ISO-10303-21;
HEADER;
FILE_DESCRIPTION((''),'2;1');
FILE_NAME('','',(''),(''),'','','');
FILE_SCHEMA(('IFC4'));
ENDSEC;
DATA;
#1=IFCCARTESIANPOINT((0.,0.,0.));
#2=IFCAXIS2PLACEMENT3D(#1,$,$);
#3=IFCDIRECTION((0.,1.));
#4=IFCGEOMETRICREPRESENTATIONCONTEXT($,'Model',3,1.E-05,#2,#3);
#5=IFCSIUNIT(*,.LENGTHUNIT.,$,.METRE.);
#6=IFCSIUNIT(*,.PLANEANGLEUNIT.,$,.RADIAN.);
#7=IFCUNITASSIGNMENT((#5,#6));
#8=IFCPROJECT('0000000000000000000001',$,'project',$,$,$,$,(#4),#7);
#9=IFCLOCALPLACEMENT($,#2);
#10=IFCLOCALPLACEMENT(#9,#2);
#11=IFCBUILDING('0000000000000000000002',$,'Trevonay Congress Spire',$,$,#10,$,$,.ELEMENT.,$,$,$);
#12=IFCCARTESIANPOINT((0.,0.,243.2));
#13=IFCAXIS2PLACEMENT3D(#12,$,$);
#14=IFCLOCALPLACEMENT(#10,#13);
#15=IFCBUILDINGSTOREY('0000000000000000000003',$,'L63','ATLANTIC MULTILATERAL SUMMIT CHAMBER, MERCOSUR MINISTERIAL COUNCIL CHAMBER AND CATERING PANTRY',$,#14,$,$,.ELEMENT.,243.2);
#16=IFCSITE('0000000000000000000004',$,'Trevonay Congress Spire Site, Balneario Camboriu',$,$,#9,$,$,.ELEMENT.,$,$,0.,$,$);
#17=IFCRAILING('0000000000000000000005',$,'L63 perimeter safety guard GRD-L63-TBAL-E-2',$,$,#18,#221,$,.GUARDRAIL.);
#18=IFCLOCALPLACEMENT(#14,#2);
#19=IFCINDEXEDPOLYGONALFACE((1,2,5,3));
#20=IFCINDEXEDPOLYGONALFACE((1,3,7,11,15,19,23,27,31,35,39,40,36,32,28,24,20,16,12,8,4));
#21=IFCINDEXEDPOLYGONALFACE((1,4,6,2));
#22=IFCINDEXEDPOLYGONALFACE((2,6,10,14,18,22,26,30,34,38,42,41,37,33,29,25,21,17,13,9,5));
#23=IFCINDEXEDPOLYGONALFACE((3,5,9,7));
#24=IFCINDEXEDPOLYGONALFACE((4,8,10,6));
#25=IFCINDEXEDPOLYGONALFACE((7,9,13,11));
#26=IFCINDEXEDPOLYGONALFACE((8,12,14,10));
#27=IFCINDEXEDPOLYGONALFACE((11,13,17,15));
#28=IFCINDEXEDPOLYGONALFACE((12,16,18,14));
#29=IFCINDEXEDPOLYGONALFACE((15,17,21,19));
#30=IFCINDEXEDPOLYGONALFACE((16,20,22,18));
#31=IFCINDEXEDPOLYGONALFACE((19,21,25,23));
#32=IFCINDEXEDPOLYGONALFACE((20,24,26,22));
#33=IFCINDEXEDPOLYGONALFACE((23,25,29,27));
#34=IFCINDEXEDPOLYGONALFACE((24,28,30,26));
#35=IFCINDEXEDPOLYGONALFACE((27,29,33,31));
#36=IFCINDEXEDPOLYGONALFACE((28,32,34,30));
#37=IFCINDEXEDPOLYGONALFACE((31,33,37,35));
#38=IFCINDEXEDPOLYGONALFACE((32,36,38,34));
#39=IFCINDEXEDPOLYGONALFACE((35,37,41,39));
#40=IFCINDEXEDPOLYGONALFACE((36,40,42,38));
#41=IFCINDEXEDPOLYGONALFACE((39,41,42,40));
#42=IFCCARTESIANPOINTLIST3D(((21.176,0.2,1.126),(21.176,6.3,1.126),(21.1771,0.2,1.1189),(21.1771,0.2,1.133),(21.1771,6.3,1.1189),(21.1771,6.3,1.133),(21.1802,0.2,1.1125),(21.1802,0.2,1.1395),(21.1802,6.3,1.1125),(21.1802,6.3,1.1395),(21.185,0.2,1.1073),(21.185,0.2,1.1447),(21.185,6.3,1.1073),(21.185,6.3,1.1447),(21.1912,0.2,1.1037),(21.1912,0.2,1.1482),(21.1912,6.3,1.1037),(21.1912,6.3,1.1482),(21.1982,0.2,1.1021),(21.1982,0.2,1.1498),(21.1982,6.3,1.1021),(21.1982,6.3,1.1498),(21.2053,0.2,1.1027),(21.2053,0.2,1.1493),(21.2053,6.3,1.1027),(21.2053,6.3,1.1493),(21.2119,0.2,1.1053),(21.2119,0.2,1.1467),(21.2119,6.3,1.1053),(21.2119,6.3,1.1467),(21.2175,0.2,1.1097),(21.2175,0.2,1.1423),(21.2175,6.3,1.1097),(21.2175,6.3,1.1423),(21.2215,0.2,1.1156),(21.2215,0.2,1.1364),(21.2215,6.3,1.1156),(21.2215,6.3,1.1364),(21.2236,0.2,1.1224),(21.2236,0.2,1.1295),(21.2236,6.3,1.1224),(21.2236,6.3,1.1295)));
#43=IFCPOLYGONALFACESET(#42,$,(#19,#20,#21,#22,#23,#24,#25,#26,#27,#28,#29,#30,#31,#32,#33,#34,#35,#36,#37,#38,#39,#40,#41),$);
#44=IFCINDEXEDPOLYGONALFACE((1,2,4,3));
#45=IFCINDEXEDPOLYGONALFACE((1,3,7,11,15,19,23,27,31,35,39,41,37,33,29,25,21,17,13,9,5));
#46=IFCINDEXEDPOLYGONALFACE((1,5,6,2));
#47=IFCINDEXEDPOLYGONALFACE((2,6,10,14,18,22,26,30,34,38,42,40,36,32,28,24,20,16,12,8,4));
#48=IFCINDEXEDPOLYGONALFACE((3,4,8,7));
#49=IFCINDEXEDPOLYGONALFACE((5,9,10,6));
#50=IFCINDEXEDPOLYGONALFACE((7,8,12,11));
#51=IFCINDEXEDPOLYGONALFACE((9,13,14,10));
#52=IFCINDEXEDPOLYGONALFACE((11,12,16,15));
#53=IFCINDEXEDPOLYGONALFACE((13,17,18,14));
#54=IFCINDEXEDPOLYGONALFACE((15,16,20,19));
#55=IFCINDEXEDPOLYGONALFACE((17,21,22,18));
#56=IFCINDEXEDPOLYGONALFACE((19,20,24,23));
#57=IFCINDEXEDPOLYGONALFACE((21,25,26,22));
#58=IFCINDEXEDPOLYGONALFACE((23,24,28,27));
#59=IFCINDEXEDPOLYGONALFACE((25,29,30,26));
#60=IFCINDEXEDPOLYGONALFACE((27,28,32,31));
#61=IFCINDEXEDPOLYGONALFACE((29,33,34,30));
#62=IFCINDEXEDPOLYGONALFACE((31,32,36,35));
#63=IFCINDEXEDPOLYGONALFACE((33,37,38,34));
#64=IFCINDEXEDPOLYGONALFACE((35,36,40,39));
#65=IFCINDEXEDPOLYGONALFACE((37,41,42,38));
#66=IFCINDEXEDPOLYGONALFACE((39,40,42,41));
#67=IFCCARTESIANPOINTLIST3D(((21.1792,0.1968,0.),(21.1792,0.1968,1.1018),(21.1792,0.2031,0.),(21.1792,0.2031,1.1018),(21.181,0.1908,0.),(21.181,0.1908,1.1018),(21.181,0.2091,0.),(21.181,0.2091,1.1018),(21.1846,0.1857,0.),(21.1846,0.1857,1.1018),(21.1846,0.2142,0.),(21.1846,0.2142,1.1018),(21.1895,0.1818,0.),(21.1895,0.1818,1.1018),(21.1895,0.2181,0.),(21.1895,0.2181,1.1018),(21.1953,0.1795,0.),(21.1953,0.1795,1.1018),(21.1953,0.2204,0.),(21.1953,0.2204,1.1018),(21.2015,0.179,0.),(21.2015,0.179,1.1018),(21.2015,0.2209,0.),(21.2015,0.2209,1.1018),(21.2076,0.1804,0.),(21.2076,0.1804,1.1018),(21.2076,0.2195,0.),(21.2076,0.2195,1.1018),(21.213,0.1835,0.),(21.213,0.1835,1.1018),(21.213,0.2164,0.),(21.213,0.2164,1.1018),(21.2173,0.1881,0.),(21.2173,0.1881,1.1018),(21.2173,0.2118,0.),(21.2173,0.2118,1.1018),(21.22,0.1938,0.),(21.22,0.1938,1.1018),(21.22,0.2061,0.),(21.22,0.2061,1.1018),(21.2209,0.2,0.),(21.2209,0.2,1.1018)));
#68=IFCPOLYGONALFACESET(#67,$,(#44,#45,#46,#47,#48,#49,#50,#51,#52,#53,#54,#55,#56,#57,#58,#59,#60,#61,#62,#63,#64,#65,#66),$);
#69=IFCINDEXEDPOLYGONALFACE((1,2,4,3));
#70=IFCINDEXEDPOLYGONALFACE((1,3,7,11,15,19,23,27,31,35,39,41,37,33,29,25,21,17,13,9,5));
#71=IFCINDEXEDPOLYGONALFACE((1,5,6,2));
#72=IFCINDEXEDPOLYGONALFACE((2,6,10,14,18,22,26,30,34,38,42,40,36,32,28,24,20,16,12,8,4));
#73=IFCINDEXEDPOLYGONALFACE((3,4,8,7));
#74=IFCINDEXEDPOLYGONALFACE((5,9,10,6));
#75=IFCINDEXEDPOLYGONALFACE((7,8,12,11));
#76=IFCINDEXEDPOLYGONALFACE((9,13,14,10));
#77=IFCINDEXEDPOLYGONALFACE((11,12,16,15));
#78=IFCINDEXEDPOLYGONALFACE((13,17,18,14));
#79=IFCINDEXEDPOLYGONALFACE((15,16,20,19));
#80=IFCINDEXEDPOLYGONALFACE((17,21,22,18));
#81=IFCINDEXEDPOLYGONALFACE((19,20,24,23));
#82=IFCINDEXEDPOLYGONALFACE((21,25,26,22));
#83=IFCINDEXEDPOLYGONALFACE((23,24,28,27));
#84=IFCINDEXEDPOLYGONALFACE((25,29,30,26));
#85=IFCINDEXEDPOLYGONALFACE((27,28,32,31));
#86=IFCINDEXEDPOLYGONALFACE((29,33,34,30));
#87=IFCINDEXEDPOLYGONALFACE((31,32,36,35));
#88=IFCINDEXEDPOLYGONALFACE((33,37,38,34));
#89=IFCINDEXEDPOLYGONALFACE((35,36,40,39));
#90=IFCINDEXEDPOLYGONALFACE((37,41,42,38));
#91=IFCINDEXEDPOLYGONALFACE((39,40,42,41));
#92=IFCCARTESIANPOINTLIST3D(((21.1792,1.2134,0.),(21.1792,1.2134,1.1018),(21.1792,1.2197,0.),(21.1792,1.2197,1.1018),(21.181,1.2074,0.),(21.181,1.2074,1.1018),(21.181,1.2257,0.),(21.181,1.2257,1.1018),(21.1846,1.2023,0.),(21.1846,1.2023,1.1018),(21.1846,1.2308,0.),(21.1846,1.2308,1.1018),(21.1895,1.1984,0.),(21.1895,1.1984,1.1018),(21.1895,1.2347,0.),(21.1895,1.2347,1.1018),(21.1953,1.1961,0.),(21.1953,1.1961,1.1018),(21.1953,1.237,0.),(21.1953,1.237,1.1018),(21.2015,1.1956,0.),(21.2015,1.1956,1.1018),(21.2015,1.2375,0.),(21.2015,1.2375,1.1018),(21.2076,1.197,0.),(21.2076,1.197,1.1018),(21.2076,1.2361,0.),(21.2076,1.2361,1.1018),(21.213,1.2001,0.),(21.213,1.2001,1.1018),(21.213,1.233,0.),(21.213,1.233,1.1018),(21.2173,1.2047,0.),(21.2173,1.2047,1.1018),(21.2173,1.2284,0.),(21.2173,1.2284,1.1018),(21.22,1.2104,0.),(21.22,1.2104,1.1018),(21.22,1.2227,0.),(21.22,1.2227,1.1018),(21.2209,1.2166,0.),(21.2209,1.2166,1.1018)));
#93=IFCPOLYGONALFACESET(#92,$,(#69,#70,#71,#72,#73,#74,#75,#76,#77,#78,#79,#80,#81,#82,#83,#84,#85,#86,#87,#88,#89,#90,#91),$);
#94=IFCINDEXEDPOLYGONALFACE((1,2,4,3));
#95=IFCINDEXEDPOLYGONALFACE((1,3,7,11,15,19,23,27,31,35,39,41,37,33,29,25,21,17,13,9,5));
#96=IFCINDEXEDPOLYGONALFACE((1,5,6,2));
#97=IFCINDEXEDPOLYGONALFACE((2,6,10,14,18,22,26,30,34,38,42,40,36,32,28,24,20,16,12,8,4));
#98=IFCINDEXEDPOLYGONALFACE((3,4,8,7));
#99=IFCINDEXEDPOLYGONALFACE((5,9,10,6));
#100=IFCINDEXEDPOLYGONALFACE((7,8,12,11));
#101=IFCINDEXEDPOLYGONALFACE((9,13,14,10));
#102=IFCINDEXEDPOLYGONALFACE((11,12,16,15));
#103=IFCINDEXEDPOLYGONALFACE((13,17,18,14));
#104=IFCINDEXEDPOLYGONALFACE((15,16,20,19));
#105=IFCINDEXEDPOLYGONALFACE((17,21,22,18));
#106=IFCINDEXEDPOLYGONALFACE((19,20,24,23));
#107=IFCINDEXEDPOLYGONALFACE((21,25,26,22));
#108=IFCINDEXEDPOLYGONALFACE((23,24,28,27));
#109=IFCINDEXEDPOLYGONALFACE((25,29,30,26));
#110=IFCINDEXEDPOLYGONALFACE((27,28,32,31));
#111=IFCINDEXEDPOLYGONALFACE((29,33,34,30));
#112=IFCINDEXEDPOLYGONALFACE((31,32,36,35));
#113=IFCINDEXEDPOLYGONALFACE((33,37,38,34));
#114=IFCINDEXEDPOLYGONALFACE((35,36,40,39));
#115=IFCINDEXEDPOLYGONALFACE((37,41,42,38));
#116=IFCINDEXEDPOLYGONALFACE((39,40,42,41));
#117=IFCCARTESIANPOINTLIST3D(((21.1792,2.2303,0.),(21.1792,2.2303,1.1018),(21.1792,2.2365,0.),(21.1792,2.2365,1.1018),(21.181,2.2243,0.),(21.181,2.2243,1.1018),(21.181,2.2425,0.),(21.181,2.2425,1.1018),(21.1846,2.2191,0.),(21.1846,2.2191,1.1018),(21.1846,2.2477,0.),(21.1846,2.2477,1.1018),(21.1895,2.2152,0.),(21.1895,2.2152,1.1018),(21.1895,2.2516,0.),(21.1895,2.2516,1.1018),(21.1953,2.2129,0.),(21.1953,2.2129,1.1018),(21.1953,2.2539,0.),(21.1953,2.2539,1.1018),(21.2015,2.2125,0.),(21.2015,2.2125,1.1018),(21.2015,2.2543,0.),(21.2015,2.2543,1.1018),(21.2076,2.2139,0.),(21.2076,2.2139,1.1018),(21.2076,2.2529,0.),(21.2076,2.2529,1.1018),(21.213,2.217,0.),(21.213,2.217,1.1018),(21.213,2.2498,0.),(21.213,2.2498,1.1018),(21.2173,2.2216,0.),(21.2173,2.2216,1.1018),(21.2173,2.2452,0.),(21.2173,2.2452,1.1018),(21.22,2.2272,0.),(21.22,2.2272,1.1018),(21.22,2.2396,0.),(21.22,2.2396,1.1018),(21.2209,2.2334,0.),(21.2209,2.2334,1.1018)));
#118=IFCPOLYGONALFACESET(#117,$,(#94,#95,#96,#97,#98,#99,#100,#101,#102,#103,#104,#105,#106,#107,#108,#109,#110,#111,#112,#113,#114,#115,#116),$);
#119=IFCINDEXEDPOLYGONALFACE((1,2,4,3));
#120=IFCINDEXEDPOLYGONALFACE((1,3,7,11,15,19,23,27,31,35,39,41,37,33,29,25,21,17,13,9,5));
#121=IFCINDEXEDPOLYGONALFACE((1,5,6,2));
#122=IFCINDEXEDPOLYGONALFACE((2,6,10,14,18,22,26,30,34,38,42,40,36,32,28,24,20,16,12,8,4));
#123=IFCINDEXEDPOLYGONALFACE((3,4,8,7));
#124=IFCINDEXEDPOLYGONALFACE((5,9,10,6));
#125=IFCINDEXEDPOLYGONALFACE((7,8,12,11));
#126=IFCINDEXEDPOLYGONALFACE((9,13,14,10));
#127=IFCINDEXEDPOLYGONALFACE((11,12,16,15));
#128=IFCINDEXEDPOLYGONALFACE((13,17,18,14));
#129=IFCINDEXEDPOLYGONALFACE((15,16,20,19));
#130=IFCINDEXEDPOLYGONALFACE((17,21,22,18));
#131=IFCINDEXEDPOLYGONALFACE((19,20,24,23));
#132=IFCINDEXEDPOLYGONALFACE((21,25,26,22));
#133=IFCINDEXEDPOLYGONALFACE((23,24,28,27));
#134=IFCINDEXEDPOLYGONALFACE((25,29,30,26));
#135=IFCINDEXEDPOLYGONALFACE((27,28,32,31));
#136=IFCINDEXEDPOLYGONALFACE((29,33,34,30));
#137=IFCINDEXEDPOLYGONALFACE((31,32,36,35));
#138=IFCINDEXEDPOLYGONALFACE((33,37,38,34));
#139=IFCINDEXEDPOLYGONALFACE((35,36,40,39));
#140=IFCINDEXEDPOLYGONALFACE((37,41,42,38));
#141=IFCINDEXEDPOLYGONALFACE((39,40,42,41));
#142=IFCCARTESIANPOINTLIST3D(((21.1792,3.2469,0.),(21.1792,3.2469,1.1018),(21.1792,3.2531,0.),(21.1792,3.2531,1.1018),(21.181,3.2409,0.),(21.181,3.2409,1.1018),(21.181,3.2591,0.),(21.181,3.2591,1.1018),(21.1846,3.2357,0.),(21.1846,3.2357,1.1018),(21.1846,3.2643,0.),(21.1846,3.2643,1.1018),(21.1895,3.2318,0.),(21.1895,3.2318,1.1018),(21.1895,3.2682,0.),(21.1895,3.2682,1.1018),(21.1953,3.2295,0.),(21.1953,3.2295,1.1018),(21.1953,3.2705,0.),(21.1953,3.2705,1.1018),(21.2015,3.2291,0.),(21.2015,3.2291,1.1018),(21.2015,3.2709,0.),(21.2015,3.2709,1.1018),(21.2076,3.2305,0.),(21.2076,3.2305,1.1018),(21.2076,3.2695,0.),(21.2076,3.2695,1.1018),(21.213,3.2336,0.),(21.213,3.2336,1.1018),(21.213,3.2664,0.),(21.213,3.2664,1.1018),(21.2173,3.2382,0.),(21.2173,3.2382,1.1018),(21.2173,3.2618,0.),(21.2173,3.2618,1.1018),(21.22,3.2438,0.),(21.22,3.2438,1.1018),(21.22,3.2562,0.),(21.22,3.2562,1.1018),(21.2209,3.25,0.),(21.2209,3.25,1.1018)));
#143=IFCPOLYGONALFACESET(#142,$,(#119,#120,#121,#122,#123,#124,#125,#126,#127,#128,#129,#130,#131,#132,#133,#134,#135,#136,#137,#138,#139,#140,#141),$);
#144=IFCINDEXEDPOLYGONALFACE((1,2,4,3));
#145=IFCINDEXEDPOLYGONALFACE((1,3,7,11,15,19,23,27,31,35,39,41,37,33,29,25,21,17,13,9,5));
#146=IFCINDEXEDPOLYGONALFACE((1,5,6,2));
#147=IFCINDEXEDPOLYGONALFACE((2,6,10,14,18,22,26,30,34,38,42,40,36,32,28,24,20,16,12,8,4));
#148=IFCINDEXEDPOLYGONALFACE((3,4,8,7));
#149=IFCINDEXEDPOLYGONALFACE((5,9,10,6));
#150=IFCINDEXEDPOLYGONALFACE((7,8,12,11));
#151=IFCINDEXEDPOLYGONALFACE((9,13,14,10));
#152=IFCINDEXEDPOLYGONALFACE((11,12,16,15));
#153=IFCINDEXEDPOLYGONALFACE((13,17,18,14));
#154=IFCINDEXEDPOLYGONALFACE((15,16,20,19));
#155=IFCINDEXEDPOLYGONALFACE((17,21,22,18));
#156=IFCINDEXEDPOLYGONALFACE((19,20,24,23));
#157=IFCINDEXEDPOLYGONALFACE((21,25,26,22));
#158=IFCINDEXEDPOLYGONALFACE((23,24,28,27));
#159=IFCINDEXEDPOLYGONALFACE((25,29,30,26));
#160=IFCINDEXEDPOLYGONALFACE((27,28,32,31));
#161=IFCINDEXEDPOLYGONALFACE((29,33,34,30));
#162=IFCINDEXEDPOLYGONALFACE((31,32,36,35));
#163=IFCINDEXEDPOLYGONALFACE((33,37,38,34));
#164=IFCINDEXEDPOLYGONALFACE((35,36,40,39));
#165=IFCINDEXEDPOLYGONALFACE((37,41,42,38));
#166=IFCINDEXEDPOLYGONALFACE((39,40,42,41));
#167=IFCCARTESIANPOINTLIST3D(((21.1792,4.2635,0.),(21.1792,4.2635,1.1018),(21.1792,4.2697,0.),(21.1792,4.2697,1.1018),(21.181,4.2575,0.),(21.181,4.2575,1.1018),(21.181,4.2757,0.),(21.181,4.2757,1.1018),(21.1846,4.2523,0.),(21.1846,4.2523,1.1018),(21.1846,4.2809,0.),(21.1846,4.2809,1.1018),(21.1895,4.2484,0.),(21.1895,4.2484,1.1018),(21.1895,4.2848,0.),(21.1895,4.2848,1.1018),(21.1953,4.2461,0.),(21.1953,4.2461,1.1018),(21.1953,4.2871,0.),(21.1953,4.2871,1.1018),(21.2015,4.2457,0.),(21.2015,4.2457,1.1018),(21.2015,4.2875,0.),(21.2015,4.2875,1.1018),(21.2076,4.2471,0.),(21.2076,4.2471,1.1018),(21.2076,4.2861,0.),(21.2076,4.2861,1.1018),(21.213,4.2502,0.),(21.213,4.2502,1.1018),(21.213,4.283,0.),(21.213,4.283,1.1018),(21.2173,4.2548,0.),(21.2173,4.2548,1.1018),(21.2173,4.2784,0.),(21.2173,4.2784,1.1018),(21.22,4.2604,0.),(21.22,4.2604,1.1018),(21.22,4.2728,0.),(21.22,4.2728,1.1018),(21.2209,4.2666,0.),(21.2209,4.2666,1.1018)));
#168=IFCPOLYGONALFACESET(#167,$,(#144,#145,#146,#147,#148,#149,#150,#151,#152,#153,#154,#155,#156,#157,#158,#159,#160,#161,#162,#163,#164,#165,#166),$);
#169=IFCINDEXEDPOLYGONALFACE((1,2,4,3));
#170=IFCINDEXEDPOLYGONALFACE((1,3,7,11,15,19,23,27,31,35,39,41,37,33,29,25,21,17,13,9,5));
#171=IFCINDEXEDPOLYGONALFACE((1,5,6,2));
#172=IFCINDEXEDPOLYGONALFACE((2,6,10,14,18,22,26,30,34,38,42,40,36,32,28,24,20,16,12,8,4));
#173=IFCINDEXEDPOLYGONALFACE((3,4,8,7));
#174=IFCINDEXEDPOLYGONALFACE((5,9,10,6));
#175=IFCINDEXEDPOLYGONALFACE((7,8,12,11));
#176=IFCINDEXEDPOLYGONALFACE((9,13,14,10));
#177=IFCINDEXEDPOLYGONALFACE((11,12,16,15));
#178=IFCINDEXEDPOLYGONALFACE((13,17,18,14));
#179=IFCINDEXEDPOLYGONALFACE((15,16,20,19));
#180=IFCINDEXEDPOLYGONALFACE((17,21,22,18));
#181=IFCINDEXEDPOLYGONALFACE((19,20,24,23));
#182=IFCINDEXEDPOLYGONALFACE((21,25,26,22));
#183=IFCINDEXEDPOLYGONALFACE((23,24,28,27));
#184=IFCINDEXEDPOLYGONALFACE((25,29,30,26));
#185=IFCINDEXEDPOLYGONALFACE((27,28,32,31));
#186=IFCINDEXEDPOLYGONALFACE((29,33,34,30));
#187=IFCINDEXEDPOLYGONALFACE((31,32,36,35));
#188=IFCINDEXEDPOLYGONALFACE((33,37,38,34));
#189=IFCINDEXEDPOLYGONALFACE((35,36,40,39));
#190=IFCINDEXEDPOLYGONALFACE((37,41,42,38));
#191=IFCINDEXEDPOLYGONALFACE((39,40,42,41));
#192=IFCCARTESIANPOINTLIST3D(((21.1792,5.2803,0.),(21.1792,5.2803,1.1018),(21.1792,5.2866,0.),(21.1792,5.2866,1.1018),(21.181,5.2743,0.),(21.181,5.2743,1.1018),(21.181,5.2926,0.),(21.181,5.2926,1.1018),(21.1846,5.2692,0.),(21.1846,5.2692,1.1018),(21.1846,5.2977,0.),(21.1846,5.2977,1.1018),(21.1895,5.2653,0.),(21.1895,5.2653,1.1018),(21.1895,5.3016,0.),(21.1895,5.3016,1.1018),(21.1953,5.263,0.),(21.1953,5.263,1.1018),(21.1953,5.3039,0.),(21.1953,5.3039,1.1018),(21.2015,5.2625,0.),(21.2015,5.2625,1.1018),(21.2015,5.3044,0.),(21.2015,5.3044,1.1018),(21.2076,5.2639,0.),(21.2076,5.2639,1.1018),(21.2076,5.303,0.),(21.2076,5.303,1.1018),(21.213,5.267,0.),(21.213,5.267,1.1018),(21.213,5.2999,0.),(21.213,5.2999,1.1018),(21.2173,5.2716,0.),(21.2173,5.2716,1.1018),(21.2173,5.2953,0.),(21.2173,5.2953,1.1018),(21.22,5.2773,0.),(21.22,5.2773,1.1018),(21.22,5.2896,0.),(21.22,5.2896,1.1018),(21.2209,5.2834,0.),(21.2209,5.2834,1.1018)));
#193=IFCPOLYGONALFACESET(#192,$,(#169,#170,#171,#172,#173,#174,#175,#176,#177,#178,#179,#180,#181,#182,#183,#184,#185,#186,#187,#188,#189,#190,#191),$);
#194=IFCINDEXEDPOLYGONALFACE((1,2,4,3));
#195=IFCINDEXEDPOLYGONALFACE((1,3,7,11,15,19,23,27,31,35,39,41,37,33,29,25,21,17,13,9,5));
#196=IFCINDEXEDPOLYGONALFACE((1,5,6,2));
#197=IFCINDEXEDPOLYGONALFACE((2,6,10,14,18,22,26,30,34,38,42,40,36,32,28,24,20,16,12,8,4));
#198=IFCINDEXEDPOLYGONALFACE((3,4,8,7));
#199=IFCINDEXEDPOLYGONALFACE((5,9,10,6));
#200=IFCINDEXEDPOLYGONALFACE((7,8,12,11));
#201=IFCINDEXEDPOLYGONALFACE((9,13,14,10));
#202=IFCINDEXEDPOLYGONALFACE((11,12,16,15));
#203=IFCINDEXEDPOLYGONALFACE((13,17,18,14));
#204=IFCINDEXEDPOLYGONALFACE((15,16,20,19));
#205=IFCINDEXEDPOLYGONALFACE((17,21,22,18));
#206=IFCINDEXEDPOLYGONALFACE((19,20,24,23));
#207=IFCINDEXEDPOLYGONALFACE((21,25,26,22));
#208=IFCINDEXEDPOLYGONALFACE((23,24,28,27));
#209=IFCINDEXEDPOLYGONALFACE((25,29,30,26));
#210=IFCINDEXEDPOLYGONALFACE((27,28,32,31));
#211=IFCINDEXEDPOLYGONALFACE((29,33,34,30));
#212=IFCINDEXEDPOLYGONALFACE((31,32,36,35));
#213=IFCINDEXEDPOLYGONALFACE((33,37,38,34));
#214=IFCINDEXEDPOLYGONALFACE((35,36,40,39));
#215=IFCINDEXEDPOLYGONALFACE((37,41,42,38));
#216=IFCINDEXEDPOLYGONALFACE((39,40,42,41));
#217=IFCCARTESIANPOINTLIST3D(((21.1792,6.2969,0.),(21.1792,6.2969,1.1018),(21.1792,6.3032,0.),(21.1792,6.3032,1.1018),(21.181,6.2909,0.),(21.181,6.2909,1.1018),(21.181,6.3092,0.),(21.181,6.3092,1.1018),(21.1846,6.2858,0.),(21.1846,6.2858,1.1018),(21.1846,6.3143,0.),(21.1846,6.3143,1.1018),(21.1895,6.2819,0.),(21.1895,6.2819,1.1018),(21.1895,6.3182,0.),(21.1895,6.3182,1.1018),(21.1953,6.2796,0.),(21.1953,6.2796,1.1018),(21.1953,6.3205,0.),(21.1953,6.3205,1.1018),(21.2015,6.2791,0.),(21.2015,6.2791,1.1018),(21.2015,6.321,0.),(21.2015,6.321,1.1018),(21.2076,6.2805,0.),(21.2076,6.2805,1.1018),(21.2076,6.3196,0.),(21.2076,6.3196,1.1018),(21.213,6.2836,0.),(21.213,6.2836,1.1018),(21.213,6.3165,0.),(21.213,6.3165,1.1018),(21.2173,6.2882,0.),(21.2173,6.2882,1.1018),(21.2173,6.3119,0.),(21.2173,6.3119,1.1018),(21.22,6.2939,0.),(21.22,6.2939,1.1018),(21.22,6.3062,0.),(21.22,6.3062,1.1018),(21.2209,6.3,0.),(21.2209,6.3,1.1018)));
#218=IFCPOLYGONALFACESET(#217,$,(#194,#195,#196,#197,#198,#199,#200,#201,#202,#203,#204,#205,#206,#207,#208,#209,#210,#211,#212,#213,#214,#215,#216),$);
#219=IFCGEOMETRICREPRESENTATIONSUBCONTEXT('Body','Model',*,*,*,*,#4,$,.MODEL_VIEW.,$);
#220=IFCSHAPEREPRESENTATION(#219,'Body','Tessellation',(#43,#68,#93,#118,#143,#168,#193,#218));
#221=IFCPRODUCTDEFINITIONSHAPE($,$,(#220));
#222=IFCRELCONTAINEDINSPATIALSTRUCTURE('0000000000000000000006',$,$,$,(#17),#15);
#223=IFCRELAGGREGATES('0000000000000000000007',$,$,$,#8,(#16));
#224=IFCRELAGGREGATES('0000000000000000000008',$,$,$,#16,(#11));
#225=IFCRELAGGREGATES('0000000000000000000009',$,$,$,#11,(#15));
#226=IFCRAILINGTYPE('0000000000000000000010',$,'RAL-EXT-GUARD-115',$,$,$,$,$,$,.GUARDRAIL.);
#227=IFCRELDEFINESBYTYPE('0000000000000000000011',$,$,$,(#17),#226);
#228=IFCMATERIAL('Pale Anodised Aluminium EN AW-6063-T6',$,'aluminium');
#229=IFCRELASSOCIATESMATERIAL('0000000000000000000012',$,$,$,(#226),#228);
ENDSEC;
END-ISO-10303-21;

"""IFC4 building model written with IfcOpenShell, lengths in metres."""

from ifc_helpers import new_model, si_unit, direction, frame, origin, origin_2d, place, context, subcontext, project, spatial, circle, extrude, material, type_object, element, save


model = new_model("IFC4")

# Units and contexts
model_context = context("Model", 3, precision=1e-05, world=origin(), true_north=direction((0.0, 1.0)))
body_context = subcontext(model_context, "Body", "Model", "MODEL_VIEW")
ifc_project = project(units=[si_unit("LENGTHUNIT", "METRE"), si_unit("PLANEANGLEUNIT", "RADIAN")], contexts=[model_context])

# Site, building, storey
site_placement = place(None, origin())
site = spatial("IfcSite", under=ifc_project, at=site_placement, Name="Trevonay Congress Spire Site, Balneario Camboriu", CompositionType="ELEMENT", RefElevation=0.0)
building_placement = place(site_placement, origin())
building = spatial("IfcBuilding", under=site, at=building_placement, Name="Trevonay Congress Spire", CompositionType="ELEMENT")
storey_placement = place(building_placement, frame((0.0, 0.0, 243.2)))
storey = spatial("IfcBuildingStorey", under=building, at=storey_placement, Name="L63", Description="ATLANTIC MULTILATERAL SUMMIT CHAMBER, MERCOSUR MINISTERIAL COUNCIL CHAMBER AND CATERING PANTRY", CompositionType="ELEMENT", Elevation=243.2)

# Shared definitions
ifc_material_1 = material(Name="Pale Anodised Aluminium EN AW-6063-T6", Category="aluminium")

# Railing
railing_type = type_object("IfcRailingType", Name="RAL-EXT-GUARD-115", PredefinedType="GUARDRAIL", material=ifc_material_1)
railing_1_placement = place(storey_placement, frame((21.2, 0.2, 0.0)))
element("IfcRailing", 1, at=railing_1_placement, inside=storey, type_object=railing_type, Name="L63 perimeter safety guard GRD-L63-TBAL-E-2", PredefinedType="GUARDRAIL", context=body_context, shape_type="SweptSolid", body=[
    extrude(circle(Radius=0.0239, at=origin_2d()), frame((0.0, 0.0, 1.126), z_axis=(0.0, 1.0, 0.0), x_axis=(-1.0, 0.0, 0.0)), (0.0, 0.0, 1.0), 6.1001),
    extrude(circle(Radius=0.021, at=origin_2d()), origin(), (0.0, 0.0, 1.0), 1.1018),
    extrude(circle(Radius=0.021, at=origin_2d()), frame((0.0, 1.0166, 0.0)), (0.0, 0.0, 1.0), 1.1018),
    extrude(circle(Radius=0.021, at=origin_2d()), frame((0.0, 2.0334, 0.0)), (0.0, 0.0, 1.0), 1.1018),
    extrude(circle(Radius=0.021, at=origin_2d()), frame((0.0, 3.05, 0.0)), (0.0, 0.0, 1.0), 1.1018),
    extrude(circle(Radius=0.021, at=origin_2d()), frame((0.0, 4.0667, 0.0)), (0.0, 0.0, 1.0), 1.1018),
    extrude(circle(Radius=0.021, at=origin_2d()), frame((0.0, 5.0835, 0.0)), (0.0, 0.0, 1.0), 1.1018),
    extrude(circle(Radius=0.021, at=origin_2d()), frame((0.0, 6.1001, 0.0)), (0.0, 0.0, 1.0), 1.1018),
])

save(model, "model.ifc")
